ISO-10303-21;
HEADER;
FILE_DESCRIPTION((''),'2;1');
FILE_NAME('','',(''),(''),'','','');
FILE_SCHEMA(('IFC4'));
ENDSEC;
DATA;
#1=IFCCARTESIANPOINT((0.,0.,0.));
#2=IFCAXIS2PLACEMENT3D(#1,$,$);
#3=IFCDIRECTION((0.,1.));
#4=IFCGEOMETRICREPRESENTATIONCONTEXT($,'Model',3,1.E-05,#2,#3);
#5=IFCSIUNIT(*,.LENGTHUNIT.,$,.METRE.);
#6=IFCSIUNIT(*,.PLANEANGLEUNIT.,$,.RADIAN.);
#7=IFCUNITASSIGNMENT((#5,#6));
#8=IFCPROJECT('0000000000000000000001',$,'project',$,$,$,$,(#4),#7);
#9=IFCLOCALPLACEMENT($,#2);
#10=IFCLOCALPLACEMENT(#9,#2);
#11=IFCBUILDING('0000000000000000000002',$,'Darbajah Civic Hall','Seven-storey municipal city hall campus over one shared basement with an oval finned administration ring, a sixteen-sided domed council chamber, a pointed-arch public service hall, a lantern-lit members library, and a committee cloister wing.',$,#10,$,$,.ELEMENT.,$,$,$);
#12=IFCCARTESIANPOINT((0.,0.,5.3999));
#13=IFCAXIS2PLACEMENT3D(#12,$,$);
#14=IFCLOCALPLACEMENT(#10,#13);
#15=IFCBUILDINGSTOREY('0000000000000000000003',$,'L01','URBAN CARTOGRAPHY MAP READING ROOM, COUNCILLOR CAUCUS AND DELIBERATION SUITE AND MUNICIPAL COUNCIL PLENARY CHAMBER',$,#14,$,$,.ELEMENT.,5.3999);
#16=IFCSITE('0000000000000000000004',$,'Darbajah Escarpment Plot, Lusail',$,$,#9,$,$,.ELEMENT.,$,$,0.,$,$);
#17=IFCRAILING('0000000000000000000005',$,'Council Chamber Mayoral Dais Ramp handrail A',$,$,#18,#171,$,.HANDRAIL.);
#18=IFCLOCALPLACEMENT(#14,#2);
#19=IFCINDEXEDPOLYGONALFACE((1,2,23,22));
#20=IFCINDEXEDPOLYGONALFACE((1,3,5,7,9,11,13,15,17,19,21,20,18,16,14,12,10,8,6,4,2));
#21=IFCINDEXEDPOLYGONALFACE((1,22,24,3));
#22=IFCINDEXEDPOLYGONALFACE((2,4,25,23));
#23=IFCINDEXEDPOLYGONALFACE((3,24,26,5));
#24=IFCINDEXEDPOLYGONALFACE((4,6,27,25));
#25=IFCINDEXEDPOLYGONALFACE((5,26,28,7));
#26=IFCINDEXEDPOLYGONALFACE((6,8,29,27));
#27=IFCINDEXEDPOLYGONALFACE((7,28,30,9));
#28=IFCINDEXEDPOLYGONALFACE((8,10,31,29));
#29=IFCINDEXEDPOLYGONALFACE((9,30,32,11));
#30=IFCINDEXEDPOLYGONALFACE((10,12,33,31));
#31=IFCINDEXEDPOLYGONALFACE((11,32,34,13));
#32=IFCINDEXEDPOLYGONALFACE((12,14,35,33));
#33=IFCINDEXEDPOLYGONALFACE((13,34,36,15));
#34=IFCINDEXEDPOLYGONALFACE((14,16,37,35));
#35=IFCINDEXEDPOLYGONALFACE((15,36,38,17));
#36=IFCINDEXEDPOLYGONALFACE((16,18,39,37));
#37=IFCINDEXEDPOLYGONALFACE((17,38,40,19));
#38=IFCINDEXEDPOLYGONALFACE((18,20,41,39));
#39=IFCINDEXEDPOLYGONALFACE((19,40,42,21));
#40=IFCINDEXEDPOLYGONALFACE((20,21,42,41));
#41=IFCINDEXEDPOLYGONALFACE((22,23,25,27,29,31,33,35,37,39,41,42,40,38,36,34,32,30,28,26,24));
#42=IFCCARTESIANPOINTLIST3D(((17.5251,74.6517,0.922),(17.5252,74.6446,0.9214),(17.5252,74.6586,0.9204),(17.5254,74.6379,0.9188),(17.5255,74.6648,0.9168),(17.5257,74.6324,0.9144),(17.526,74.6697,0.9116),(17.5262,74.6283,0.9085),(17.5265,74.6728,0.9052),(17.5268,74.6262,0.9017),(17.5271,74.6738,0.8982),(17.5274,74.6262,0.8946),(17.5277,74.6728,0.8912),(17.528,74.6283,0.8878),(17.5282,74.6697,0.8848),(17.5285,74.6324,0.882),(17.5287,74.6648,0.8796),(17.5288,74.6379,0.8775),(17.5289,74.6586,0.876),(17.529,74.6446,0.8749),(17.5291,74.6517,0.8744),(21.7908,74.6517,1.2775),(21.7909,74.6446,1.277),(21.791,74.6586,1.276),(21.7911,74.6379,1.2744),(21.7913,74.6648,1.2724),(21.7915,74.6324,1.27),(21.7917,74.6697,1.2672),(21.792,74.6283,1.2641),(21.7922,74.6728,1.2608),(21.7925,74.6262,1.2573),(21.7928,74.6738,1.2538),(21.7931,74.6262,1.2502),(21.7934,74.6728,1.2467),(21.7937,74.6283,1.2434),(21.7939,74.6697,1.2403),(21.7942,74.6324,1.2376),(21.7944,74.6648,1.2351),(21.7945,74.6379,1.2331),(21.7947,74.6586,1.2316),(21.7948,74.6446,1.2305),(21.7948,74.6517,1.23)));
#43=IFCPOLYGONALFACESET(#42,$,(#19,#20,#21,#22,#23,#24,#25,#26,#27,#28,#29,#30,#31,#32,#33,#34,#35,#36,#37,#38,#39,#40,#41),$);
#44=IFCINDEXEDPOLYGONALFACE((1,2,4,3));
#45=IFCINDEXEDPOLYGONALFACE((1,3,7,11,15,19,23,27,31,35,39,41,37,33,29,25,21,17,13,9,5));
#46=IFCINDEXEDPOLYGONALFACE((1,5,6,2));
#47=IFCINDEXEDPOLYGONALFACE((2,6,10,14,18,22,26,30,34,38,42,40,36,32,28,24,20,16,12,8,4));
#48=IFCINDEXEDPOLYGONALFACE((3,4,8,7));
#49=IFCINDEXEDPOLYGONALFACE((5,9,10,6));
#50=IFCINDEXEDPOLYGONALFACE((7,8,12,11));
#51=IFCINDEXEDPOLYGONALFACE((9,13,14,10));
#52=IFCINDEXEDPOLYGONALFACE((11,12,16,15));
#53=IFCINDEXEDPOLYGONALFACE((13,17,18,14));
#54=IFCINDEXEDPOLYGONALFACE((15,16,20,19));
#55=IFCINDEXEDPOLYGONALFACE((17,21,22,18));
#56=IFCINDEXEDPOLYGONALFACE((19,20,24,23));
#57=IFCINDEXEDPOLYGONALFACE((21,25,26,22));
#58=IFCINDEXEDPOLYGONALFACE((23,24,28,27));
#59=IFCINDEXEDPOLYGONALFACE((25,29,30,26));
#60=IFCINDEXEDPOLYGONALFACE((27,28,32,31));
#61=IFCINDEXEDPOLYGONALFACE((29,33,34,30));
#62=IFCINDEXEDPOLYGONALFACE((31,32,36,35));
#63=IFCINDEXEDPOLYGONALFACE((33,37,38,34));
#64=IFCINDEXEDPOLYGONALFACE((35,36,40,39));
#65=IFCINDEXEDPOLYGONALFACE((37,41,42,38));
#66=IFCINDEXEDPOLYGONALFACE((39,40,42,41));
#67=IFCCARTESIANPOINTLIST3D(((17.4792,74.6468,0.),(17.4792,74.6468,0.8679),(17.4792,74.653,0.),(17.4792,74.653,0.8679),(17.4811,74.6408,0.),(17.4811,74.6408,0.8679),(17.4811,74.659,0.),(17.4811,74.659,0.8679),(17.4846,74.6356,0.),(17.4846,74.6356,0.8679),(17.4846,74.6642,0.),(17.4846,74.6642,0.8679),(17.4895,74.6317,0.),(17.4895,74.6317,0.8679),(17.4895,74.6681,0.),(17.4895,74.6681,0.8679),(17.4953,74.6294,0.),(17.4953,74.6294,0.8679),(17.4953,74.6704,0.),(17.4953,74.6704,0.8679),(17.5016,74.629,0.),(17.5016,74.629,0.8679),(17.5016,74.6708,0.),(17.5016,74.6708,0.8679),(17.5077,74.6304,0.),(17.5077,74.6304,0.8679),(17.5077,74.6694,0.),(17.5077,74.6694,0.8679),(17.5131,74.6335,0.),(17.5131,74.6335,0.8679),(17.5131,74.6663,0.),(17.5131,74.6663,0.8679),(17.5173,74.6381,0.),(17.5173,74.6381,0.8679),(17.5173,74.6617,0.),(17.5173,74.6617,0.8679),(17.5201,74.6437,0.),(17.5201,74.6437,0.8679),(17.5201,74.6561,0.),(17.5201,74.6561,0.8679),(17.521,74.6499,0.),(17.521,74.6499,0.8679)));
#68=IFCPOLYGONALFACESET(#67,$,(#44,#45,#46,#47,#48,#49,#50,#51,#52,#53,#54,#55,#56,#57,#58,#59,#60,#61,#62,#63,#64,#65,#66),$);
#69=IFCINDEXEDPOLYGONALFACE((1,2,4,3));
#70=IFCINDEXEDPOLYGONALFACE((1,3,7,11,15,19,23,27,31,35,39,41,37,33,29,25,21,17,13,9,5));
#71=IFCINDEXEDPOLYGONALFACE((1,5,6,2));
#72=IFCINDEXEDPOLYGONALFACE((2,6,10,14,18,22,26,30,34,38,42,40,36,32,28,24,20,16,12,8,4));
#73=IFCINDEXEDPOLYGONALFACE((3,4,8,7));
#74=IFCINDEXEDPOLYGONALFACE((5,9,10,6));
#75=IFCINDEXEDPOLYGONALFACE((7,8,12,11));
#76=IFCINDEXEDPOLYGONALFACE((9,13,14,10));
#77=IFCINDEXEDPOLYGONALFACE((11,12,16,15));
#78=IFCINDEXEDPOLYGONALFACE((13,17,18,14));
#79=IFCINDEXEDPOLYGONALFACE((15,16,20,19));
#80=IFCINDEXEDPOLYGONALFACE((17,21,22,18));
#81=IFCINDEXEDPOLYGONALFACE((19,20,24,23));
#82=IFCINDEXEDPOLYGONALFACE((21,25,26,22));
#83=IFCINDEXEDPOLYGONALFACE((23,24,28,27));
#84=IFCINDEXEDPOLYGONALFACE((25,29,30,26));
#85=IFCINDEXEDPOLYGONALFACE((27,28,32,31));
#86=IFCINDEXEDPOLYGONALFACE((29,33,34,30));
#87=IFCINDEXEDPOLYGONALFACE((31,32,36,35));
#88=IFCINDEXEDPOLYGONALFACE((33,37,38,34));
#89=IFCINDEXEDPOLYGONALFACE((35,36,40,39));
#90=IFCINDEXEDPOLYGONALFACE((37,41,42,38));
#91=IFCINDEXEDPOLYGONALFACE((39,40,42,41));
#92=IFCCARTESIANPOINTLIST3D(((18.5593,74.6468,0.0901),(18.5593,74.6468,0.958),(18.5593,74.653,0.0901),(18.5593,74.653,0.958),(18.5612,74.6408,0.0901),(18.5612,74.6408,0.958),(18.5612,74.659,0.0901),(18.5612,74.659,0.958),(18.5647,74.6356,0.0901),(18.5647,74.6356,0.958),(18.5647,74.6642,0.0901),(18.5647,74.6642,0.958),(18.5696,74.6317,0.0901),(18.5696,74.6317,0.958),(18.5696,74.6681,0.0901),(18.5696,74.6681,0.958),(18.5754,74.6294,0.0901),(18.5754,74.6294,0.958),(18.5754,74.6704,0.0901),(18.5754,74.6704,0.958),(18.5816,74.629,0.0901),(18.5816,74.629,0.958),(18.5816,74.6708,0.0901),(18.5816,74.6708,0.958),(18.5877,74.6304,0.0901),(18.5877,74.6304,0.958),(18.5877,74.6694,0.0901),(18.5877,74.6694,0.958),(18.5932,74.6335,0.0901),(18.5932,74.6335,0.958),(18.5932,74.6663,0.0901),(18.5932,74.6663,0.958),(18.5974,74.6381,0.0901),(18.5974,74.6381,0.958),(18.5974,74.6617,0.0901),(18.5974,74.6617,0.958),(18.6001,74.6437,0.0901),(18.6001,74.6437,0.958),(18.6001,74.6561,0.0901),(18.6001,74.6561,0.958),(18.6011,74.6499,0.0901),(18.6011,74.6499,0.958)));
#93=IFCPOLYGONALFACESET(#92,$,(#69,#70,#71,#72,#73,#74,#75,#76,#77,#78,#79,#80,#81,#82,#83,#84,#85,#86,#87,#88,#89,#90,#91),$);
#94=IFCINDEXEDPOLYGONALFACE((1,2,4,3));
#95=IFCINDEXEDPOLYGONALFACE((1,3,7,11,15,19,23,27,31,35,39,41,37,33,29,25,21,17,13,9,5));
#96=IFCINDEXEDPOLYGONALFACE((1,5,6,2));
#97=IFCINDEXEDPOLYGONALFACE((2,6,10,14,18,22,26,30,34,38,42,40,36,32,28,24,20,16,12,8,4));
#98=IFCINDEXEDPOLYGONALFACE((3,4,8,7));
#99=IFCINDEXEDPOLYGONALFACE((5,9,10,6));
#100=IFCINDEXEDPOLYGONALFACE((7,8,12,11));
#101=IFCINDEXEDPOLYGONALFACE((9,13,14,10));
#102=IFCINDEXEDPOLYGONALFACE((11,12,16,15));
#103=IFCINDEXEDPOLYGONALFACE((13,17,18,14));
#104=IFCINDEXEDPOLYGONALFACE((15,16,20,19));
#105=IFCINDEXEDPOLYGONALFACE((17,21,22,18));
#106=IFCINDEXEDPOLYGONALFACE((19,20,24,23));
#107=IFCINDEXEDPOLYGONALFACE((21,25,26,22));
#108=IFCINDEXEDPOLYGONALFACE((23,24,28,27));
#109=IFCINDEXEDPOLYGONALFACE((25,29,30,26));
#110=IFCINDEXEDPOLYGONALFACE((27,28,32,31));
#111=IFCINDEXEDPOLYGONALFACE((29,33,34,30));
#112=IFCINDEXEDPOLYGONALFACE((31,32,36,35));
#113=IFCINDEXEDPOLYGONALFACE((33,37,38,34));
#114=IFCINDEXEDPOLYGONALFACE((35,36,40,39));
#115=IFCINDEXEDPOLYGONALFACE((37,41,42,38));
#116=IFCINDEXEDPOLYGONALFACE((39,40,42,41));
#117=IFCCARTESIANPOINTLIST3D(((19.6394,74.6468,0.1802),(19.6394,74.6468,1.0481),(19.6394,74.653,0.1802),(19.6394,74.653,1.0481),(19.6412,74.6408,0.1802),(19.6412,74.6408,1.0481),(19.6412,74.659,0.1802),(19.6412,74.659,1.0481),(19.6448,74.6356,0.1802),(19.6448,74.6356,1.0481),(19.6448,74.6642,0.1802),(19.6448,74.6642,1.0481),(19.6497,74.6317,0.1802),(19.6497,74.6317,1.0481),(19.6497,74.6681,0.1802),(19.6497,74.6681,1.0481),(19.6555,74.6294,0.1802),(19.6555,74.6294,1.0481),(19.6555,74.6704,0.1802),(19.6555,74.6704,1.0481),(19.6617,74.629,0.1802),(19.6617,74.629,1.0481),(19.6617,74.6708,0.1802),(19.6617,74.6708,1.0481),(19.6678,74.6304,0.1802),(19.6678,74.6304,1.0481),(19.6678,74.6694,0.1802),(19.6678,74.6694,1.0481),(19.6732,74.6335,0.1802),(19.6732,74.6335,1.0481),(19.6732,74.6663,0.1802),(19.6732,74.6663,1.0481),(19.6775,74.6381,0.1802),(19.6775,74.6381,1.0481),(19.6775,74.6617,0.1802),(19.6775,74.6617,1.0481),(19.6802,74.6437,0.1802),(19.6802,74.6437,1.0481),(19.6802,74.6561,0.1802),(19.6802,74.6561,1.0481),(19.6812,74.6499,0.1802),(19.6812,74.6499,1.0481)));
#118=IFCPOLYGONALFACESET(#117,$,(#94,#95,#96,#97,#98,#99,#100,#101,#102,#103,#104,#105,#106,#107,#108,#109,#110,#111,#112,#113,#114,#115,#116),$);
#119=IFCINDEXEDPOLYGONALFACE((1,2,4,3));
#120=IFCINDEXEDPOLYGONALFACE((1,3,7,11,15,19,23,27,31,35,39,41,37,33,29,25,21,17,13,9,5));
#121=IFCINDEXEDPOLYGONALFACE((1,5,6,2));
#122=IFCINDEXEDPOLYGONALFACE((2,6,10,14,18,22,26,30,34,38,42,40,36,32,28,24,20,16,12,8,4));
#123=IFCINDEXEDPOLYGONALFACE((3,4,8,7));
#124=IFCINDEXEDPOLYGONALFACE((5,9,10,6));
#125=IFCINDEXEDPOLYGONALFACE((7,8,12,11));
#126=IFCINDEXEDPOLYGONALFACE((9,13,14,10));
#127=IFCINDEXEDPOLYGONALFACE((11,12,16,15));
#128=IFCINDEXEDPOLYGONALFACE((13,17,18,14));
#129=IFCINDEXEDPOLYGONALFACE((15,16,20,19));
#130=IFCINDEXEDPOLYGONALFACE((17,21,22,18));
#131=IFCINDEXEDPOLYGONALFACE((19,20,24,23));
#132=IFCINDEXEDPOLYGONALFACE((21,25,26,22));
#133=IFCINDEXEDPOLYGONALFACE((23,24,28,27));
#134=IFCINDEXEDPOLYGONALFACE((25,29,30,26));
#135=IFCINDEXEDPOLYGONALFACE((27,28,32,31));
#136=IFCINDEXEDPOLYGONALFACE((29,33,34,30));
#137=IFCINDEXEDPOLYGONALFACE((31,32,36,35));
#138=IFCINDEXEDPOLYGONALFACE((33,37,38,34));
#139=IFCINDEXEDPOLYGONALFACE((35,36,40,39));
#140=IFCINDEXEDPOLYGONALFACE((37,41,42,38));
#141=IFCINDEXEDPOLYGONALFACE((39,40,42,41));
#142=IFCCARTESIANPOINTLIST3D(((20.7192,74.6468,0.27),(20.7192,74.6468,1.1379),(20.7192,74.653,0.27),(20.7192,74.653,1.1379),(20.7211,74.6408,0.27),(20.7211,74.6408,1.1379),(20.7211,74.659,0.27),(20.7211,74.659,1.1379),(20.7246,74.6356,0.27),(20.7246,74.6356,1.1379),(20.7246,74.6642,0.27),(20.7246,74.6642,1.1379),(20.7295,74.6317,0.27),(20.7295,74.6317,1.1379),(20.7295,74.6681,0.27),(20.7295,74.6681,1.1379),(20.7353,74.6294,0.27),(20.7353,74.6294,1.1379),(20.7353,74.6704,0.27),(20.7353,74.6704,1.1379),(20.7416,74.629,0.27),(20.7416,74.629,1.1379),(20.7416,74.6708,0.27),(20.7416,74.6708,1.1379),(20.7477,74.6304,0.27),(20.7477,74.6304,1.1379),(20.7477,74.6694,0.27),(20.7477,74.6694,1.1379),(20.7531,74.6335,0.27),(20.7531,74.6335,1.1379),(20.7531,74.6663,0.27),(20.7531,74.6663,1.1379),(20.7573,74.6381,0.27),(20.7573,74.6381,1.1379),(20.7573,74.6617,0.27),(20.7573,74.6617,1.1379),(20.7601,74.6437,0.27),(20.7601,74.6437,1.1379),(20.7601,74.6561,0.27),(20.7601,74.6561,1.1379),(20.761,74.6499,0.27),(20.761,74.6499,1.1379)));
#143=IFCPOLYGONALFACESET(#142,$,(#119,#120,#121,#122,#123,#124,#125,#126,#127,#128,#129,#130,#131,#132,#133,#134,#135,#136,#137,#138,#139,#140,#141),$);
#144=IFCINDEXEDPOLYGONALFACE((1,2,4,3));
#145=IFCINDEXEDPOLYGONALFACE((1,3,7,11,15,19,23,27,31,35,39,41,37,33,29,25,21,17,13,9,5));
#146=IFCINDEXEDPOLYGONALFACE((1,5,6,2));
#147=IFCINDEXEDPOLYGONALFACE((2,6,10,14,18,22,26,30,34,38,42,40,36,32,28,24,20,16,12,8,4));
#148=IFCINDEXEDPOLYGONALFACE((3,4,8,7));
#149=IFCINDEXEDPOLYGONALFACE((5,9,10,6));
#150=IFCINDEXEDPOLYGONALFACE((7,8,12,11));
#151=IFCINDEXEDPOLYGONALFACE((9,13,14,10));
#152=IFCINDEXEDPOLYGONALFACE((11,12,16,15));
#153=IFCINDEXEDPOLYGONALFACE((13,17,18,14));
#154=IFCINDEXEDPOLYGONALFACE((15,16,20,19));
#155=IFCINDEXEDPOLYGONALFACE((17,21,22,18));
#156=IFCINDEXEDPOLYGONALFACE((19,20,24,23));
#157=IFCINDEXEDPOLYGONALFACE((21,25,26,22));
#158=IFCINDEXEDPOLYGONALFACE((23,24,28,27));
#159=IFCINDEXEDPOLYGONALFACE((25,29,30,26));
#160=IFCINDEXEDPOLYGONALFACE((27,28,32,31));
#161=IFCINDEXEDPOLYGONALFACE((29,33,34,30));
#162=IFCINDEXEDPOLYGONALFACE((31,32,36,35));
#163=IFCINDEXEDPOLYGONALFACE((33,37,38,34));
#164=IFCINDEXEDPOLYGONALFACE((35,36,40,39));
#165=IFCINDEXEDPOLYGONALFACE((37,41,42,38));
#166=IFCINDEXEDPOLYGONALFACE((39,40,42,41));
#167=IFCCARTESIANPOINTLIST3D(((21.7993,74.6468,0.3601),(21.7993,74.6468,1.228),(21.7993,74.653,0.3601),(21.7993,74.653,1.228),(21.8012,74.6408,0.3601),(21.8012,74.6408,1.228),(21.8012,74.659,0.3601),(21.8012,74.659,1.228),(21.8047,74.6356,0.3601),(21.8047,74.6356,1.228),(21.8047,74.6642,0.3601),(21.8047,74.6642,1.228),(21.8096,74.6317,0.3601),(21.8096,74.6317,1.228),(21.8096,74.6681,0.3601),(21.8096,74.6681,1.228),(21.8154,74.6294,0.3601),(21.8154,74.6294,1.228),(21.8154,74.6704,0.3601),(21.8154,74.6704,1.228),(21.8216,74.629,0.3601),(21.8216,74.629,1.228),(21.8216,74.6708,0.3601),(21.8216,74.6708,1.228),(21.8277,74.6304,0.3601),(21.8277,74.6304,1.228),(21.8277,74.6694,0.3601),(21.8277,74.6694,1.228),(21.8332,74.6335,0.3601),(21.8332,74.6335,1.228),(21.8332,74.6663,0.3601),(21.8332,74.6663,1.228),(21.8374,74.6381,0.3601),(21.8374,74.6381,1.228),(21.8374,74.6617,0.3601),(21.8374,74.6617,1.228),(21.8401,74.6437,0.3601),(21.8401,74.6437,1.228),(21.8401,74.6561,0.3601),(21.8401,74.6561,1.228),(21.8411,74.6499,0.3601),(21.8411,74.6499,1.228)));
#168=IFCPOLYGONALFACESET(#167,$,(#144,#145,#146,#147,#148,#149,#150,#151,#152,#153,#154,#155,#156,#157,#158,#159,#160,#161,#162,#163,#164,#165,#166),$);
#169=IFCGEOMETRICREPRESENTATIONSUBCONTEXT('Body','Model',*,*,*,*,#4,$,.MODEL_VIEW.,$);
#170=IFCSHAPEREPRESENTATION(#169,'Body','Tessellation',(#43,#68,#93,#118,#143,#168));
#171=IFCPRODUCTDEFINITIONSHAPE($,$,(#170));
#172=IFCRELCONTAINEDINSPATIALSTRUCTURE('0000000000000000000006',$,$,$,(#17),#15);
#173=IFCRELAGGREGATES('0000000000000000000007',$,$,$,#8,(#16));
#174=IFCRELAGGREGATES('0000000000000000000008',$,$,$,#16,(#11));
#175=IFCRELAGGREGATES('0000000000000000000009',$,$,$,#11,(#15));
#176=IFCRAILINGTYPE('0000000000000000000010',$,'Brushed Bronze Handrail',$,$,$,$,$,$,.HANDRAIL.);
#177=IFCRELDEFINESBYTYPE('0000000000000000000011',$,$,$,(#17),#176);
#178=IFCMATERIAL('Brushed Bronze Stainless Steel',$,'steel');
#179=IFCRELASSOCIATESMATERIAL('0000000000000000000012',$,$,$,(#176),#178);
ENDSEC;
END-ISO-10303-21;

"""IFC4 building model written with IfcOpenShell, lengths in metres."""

from ifc_helpers import new_model, si_unit, direction, frame, origin, origin_2d, place, context, subcontext, project, spatial, circle, extrude, material, type_object, element, save


model = new_model("IFC4")

# Units and contexts
model_context = context("Model", 3, precision=1e-05, world=origin(), true_north=direction((0.0, 1.0)))
body_context = subcontext(model_context, "Body", "Model", "MODEL_VIEW")
ifc_project = project(units=[si_unit("LENGTHUNIT", "METRE"), si_unit("PLANEANGLEUNIT", "RADIAN")], contexts=[model_context])

# Site, building, storey
site_placement = place(None, origin())
site = spatial("IfcSite", under=ifc_project, at=site_placement, Name="Darbajah Escarpment Plot, Lusail", CompositionType="ELEMENT", RefElevation=0.0)
building_placement = place(site_placement, origin())
building = spatial("IfcBuilding", under=site, at=building_placement, Name="Darbajah Civic Hall", Description="Seven-storey municipal city hall campus over one shared basement with an oval finned administration ring, a sixteen-sided domed council chamber, a pointed-arch public service hall, a lantern-lit members library, and a committee cloister wing.", CompositionType="ELEMENT")
storey_placement = place(building_placement, frame((0.0, 0.0, 5.3999)))
storey = spatial("IfcBuildingStorey", under=building, at=storey_placement, Name="L01", Description="URBAN CARTOGRAPHY MAP READING ROOM, COUNCILLOR CAUCUS AND DELIBERATION SUITE AND MUNICIPAL COUNCIL PLENARY CHAMBER", CompositionType="ELEMENT", Elevation=5.3999)

# Railing
ifc_material_1 = material(Name="Brushed Bronze Stainless Steel", Category="steel")
railing_type = type_object("IfcRailingType", Name="Brushed Bronze Handrail", PredefinedType="HANDRAIL", material=ifc_material_1)
for number, where, name in (
    (1, (17.5, 74.6499, 0.0), "Council Chamber Mayoral Dais Ramp handrail A"),
):
    element("IfcRailing", number, at=place(storey_placement, frame(where)), inside=storey, type_object=railing_type, Name=name, PredefinedType="HANDRAIL", context=body_context, shape_type="SweptSolid", body=[
        extrude(circle(Radius=0.0239, at=origin_2d()), frame((0.0271, 0.0, 0.8982), z_axis=(0.996544, 0.0, 0.083069), x_axis=(0.0, 1.0, 0.0)), (0.0, 0.0, 1.0), 4.2805),
        extrude(circle(Radius=0.021, at=origin_2d()), origin(), (0.0, 0.0, 1.0), 0.8679),
        extrude(circle(Radius=0.021, at=origin_2d()), frame((1.0801, 0.0, 0.0901)), (0.0, 0.0, 1.0), 0.8679),
        extrude(circle(Radius=0.021, at=origin_2d()), frame((2.1602, 0.0, 0.1802)), (0.0, 0.0, 1.0), 0.8679),
        extrude(circle(Radius=0.021, at=origin_2d()), frame((3.24, 0.0, 0.27)), (0.0, 0.0, 1.0), 0.8679),
        extrude(circle(Radius=0.021, at=origin_2d()), frame((4.3201, 0.0, 0.3601)), (0.0, 0.0, 1.0), 0.8679),
    ])

save(model, "model.ifc")
